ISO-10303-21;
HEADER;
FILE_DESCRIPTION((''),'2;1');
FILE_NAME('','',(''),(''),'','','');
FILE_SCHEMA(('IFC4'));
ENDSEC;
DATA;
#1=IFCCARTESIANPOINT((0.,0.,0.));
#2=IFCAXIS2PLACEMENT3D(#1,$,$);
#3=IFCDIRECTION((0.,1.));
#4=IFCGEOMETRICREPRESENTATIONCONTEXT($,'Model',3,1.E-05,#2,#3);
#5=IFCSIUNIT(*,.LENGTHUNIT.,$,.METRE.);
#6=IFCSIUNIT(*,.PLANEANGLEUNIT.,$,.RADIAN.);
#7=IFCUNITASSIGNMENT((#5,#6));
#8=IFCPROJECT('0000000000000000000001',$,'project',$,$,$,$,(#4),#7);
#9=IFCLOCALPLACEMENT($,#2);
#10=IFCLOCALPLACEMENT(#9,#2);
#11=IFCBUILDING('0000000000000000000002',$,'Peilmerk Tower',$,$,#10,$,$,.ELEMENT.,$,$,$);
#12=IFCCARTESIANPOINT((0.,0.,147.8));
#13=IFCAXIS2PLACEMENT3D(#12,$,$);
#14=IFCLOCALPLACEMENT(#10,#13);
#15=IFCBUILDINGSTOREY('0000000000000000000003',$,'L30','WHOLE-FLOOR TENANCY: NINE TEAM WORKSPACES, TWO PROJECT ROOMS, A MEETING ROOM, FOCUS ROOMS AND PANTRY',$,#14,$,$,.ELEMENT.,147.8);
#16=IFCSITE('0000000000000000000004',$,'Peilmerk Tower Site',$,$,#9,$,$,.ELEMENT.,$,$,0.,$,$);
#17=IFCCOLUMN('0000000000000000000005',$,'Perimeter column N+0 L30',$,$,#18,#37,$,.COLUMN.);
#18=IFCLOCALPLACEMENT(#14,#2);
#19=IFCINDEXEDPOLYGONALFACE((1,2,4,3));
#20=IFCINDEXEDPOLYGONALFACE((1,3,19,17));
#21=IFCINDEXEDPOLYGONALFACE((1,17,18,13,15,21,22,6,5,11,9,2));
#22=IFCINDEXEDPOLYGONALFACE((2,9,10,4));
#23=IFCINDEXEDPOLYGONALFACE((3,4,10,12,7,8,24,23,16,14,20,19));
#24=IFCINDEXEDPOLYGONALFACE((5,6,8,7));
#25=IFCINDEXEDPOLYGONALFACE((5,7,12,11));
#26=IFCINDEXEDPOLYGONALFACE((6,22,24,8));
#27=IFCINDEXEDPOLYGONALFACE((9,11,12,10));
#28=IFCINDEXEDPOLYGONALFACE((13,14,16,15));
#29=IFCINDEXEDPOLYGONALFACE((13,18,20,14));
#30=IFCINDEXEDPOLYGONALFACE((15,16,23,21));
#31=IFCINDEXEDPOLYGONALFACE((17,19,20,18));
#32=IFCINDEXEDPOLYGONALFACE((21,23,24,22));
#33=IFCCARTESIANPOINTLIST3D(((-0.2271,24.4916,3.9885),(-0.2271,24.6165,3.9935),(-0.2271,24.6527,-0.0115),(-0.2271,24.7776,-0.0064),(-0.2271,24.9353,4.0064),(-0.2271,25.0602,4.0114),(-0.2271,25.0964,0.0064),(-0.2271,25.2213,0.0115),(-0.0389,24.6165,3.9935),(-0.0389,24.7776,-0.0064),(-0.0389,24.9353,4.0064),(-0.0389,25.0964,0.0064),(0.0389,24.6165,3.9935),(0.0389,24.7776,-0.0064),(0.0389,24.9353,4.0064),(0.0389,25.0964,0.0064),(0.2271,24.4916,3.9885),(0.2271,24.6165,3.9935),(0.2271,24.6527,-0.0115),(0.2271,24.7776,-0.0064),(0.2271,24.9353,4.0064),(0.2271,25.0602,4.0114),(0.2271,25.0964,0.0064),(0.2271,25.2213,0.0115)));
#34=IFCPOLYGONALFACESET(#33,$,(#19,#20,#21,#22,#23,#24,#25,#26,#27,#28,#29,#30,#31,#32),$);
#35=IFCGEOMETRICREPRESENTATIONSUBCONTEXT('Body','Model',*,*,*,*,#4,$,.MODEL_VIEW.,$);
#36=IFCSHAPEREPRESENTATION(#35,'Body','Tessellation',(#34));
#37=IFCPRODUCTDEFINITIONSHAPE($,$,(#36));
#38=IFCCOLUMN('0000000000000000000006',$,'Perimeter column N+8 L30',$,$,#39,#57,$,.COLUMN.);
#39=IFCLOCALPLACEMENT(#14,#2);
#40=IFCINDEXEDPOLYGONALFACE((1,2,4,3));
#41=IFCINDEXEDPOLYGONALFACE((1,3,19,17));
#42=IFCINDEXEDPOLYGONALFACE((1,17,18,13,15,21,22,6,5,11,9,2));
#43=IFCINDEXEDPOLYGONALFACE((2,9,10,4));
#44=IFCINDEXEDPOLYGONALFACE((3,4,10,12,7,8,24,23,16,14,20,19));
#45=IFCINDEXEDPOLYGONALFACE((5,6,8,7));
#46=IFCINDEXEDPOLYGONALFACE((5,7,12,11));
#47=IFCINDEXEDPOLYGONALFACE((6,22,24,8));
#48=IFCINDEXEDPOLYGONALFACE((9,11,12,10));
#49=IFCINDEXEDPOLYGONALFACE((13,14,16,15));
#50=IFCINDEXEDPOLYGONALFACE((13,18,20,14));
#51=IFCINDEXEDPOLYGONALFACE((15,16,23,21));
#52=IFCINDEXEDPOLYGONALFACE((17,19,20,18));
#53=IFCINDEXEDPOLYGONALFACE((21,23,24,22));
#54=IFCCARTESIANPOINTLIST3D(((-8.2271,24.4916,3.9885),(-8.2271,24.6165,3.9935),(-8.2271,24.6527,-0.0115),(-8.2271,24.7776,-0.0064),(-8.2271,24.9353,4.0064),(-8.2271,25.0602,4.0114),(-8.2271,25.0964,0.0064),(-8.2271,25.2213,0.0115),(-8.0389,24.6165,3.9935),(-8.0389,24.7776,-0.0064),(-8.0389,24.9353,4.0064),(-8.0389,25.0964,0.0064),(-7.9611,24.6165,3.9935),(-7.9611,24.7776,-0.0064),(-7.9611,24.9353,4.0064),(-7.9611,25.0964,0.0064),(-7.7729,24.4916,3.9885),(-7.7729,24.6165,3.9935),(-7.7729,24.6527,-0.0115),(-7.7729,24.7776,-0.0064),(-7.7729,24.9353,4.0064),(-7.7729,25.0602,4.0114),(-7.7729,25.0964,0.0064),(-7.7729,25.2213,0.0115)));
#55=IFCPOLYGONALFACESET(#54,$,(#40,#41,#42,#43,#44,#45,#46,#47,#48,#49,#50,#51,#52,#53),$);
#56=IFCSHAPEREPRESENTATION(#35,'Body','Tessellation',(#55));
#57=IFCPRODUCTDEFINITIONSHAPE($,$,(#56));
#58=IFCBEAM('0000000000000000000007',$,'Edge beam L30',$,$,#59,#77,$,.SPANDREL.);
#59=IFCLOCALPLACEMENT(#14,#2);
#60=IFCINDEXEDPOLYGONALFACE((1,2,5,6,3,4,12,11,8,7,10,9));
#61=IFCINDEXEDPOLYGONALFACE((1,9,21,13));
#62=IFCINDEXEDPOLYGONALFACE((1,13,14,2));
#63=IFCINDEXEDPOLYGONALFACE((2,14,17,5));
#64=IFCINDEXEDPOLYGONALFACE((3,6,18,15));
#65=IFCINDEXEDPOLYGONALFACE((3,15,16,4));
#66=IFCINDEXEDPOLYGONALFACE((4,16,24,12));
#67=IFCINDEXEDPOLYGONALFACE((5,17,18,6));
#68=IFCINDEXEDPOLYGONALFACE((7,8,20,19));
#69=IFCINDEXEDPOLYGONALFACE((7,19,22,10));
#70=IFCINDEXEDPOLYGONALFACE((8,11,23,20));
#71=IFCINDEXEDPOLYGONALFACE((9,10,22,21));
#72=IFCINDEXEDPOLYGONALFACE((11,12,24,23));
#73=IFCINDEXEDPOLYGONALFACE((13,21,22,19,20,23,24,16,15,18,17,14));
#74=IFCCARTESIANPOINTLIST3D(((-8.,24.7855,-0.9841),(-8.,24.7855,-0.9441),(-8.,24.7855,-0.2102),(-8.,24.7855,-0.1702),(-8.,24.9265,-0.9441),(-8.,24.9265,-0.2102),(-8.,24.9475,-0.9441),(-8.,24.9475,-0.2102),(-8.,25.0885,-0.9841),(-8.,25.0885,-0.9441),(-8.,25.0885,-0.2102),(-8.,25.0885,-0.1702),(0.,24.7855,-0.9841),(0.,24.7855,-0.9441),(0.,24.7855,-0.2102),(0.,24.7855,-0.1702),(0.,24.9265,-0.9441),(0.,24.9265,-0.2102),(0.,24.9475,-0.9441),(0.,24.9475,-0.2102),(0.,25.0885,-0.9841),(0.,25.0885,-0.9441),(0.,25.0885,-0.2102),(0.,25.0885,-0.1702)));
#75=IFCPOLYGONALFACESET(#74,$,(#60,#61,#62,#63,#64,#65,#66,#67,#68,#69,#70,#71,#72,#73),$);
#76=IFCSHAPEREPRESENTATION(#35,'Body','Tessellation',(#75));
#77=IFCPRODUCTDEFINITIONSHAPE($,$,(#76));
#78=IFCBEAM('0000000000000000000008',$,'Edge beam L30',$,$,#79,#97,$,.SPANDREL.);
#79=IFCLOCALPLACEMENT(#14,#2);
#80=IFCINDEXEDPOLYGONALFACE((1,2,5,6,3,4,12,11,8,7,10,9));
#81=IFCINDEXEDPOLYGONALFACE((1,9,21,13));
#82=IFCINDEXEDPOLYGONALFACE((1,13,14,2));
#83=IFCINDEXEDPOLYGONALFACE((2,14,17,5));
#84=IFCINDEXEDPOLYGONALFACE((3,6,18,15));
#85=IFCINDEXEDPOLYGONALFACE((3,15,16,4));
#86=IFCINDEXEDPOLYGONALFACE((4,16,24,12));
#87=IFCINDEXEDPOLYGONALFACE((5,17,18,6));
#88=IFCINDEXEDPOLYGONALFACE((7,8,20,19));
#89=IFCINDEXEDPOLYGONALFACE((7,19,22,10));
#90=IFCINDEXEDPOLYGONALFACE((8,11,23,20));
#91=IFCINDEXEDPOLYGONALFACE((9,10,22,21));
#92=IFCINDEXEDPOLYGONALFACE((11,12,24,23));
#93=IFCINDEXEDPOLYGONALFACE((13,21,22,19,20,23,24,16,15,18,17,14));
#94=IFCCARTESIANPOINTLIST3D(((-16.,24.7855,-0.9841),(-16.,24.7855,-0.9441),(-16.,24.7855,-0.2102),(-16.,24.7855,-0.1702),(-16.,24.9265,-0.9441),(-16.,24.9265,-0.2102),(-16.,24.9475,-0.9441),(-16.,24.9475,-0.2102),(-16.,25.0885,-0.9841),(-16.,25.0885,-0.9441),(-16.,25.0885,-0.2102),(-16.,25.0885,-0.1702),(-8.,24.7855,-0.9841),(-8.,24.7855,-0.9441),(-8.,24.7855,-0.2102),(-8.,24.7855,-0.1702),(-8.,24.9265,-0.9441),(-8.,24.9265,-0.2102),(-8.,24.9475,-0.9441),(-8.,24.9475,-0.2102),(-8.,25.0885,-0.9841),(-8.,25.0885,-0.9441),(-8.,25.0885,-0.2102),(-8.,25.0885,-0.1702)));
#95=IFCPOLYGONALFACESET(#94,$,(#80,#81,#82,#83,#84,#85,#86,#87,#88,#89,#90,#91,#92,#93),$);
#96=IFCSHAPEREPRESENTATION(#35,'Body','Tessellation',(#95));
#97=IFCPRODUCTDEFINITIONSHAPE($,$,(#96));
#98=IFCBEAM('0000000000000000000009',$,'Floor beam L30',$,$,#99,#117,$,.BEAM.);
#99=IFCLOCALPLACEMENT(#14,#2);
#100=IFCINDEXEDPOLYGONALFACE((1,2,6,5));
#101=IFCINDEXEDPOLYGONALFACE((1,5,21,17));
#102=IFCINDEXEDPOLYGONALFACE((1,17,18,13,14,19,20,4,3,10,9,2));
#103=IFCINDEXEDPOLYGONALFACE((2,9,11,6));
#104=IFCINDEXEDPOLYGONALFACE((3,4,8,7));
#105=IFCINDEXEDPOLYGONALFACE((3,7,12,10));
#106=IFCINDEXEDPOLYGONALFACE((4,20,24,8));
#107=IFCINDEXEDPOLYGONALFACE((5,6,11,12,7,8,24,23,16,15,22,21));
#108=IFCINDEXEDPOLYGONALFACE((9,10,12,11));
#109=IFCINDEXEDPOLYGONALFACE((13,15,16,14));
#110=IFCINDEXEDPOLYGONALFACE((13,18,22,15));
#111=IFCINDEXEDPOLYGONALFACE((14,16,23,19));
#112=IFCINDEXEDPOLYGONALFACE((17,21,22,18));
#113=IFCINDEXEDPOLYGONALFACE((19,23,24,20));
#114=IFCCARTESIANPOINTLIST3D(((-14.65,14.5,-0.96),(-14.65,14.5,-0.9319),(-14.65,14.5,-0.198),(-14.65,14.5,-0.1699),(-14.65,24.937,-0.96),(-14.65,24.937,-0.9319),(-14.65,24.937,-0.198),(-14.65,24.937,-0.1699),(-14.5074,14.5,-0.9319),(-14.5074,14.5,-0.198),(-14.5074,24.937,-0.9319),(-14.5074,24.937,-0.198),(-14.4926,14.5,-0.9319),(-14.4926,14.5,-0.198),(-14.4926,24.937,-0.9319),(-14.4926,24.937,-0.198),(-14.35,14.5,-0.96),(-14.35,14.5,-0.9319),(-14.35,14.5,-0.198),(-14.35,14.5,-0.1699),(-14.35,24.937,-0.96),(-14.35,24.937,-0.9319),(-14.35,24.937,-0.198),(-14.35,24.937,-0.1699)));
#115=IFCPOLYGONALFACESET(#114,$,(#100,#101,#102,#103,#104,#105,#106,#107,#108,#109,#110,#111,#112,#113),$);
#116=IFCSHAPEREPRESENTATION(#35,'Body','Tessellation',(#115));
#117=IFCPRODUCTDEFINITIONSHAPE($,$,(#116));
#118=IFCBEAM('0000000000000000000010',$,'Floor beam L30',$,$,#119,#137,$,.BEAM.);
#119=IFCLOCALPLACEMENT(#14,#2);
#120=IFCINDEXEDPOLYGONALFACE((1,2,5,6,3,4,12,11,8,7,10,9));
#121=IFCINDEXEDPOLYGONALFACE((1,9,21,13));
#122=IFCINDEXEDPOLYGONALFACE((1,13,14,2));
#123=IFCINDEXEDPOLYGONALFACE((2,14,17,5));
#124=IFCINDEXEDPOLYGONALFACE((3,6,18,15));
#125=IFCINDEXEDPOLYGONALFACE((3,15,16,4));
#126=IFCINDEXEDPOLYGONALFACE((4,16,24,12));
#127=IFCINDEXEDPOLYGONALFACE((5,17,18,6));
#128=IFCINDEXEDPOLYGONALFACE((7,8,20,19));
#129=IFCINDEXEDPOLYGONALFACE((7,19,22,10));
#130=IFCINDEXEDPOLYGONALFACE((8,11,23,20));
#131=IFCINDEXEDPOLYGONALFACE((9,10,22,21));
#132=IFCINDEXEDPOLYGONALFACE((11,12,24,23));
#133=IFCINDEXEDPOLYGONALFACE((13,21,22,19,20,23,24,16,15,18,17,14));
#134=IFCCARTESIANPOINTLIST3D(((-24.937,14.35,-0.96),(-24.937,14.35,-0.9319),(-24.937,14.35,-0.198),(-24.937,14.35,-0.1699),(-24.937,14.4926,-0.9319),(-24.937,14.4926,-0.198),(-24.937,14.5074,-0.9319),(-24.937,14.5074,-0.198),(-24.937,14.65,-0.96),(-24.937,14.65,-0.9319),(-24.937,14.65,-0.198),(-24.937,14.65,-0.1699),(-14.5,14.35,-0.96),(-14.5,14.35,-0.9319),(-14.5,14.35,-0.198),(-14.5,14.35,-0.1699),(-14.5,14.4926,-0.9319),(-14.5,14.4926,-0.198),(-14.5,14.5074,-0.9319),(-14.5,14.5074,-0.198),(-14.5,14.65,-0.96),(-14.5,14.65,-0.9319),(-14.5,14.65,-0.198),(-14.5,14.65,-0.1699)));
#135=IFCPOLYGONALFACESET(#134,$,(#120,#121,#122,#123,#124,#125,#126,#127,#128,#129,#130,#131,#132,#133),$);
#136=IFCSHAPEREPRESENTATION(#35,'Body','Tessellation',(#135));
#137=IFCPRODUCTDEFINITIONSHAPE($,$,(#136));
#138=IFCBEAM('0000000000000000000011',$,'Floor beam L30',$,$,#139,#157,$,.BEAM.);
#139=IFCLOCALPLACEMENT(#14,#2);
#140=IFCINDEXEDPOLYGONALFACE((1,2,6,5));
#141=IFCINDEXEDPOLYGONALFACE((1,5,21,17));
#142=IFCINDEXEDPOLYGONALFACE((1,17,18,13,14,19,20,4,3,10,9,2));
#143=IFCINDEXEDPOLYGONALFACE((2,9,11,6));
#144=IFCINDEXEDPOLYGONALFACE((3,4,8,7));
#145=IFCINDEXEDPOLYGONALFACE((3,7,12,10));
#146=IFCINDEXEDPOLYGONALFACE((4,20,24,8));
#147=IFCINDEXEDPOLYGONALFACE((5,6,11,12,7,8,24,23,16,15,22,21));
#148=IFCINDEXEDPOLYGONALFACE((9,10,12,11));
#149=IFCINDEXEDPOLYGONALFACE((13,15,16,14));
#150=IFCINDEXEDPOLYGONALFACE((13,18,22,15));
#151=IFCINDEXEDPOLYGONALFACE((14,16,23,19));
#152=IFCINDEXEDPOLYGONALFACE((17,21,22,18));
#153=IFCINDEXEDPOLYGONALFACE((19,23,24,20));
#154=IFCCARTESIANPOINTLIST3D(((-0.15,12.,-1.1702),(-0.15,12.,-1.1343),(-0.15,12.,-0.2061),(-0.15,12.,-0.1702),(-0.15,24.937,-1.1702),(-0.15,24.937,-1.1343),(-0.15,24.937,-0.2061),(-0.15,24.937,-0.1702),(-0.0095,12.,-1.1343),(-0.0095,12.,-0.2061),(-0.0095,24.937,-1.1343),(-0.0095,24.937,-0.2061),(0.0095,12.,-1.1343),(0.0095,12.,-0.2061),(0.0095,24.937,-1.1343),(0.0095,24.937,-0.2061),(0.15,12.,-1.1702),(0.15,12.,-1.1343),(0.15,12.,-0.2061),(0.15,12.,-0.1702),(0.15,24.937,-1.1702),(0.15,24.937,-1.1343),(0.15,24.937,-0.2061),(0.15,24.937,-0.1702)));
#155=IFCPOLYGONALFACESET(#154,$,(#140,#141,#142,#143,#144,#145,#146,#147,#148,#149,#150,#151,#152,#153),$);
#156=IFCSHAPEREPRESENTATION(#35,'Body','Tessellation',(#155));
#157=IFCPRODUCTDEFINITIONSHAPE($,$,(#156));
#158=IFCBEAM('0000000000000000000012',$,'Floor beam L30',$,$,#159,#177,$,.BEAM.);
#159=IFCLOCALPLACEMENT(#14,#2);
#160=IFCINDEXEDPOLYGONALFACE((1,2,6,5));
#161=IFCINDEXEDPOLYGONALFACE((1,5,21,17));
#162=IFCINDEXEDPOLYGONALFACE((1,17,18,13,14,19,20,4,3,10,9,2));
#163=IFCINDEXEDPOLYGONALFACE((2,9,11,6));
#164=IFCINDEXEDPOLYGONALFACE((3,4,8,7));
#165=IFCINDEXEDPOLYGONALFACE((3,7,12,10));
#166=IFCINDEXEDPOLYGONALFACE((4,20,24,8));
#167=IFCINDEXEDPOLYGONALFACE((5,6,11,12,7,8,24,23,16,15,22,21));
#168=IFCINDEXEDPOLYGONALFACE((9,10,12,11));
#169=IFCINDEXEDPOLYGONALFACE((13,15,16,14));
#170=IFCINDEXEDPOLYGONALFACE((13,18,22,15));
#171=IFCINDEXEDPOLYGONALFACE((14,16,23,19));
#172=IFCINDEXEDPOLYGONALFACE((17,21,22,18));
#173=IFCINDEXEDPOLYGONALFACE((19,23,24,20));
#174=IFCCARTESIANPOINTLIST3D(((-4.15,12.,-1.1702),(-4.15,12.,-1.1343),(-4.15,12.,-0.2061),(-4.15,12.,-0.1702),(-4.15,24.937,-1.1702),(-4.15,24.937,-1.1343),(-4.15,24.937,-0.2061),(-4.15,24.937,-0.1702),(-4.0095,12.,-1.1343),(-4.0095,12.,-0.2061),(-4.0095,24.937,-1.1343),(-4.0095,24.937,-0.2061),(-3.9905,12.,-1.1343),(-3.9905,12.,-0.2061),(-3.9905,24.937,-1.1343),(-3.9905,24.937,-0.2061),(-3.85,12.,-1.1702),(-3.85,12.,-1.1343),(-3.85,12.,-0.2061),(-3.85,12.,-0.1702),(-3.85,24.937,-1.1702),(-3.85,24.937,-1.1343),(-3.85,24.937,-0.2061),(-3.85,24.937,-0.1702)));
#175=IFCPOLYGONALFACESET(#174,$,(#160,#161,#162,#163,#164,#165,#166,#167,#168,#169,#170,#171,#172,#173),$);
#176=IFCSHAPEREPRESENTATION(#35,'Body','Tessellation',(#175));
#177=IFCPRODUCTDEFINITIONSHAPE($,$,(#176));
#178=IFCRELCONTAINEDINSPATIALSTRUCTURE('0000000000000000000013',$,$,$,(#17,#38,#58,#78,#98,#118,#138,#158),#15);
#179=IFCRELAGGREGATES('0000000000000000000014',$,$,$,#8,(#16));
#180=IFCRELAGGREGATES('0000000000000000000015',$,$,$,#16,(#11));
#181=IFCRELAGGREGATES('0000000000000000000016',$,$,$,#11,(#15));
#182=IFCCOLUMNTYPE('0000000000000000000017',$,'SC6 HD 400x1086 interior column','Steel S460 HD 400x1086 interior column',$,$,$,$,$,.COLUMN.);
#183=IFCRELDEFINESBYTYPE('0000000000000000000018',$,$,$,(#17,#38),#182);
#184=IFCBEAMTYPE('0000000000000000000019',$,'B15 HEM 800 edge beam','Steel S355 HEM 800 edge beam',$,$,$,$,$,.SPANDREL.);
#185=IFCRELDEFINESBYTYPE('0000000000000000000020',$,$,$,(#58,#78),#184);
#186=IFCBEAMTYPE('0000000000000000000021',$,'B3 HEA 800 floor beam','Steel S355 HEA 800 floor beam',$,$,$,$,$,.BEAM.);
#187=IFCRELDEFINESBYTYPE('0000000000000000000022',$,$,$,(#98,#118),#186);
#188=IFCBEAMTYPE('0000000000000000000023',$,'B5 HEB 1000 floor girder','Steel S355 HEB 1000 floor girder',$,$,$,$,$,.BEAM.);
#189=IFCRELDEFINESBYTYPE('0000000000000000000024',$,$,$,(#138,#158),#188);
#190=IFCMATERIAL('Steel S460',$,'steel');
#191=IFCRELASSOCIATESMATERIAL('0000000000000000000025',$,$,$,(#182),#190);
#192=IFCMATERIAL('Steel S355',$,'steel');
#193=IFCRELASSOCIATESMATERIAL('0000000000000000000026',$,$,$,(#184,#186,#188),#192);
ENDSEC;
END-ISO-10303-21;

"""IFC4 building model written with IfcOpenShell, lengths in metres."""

from ifc_helpers import new_model, si_unit, direction, frame, origin, origin_2d, place, context, subcontext, project, spatial, i_section, extrude, material, material_profile, profile_set, type_object, element, save


model = new_model("IFC4")

# Units and contexts
model_context = context("Model", 3, precision=1e-05, world=origin(), true_north=direction((0.0, 1.0)))
body_context = subcontext(model_context, "Body", "Model", "MODEL_VIEW")
ifc_project = project(units=[si_unit("LENGTHUNIT", "METRE"), si_unit("PLANEANGLEUNIT", "RADIAN")], contexts=[model_context])

# Site, building, storey
site_placement = place(None, origin())
site = spatial("IfcSite", under=ifc_project, at=site_placement, Name="Peilmerk Tower Site", CompositionType="ELEMENT", RefElevation=0.0)
building_placement = place(site_placement, origin())
building = spatial("IfcBuilding", under=site, at=building_placement, Name="Peilmerk Tower", CompositionType="ELEMENT")
storey_placement = place(building_placement, frame((0.0, 0.0, 147.8)))
storey = spatial("IfcBuildingStorey", under=building, at=storey_placement, Name="L30", Description="WHOLE-FLOOR TENANCY: NINE TEAM WORKSPACES, TWO PROJECT ROOMS, A MEETING ROOM, FOCUS ROOMS AND PANTRY", CompositionType="ELEMENT", Elevation=147.8)

# Columns
ifc_material_1 = material(Name="Steel S460", Category="steel")
ifc_material_profile_1 = material_profile(ifc_material_1, i_section(OverallWidth=0.4541, OverallDepth=0.5691, WebThickness=0.0779, FlangeThickness=0.125, at=origin_2d()), Name="HD 400x1086")
ifc_profile_set_1 = profile_set([ifc_material_profile_1], Name="Steel S460")
column_type = type_object("IfcColumnType", Name="SC6 HD 400x1086 interior column", Description="Steel S460 HD 400x1086 interior column", PredefinedType="COLUMN", material=ifc_profile_set_1)
for number, where, z_axis, x_axis, name in (
    (1, (0.0, 24.937, 0.0), (0.0, -0.040251, 0.99919), (1.0, 0.0, 0.0), "Perimeter column N+0 L30"),
    (2, (-8.0, 24.937, 0.0), (0.0, -0.040251, 0.99919), (1.0, 0.0, 0.0), "Perimeter column N+8 L30"),
):
    element("IfcColumn", number, at=place(storey_placement, frame(where, z_axis=z_axis, x_axis=x_axis)), inside=storey, type_object=column_type, Name=name, PredefinedType="COLUMN", context=body_context, shape_type="SweptSolid", body=[
        extrude(i_section(OverallWidth=0.4541, OverallDepth=0.5691, WebThickness=0.0779, FlangeThickness=0.125, at=origin_2d()), origin(), (0.0, 0.0, 1.0), 4.0032),
    ])

# Beams
ifc_material_2 = material(Name="Steel S355", Category="steel")
ifc_material_profile_2 = material_profile(ifc_material_2, i_section(OverallWidth=0.303, OverallDepth=0.814, WebThickness=0.021, FlangeThickness=0.04, at=origin_2d()), Name="HEM 800")
ifc_profile_set_2 = profile_set([ifc_material_profile_2], Name="Steel S355")
beam_type_1 = type_object("IfcBeamType", Name="B15 HEM 800 edge beam", Description="Steel S355 HEM 800 edge beam", PredefinedType="SPANDREL", material=ifc_profile_set_2)
for number, where, z_axis, x_axis, name in (
    (3, (0.0, 24.937, -0.5771), (-1.0, 0.0, 0.0), (0.0, -1.0, 0.0), "Edge beam L30"),
    (4, (-8.0, 24.937, -0.5771), (-1.0, 0.0, 0.0), (0.0, -1.0, 0.0), "Edge beam L30"),
):
    element("IfcBeam", number, at=place(storey_placement, frame(where, z_axis=z_axis, x_axis=x_axis)), inside=storey, type_object=beam_type_1, Name=name, PredefinedType="SPANDREL", context=body_context, shape_type="SweptSolid", body=[
        extrude(i_section(OverallWidth=0.303, OverallDepth=0.814, WebThickness=0.021, FlangeThickness=0.04, at=origin_2d()), origin(), (0.0, 0.0, 1.0), 8.0),
    ])
ifc_material_profile_3 = material_profile(ifc_material_2, i_section(OverallWidth=0.3, OverallDepth=0.79, WebThickness=0.0149, FlangeThickness=0.0281, at=origin_2d()), Name="HEA 800")
ifc_profile_set_3 = profile_set([ifc_material_profile_3], Name="Steel S355")
beam_type_2 = type_object("IfcBeamType", Name="B3 HEA 800 floor beam", Description="Steel S355 HEA 800 floor beam", PredefinedType="BEAM", material=ifc_profile_set_3)
for number, where, z_axis, x_axis, name in (
    (5, (-14.5, 14.5, -0.5649), (0.0, 1.0, 0.0), (-1.0, 0.0, 0.0), "Floor beam L30"),
    (6, (-14.5, 14.5, -0.5649), (-1.0, 0.0, 0.0), (0.0, -1.0, 0.0), "Floor beam L30"),
):
    element("IfcBeam", number, at=place(storey_placement, frame(where, z_axis=z_axis, x_axis=x_axis)), inside=storey, type_object=beam_type_2, Name=name, PredefinedType="BEAM", context=body_context, shape_type="SweptSolid", body=[
        extrude(i_section(OverallWidth=0.3, OverallDepth=0.79, WebThickness=0.0149, FlangeThickness=0.0281, at=origin_2d()), origin(), (0.0, 0.0, 1.0), 10.437),
    ])
ifc_material_profile_4 = material_profile(ifc_material_2, i_section(OverallWidth=0.3, OverallDepth=1.0, WebThickness=0.019, FlangeThickness=0.0359, at=origin_2d()), Name="HEB 1000")
ifc_profile_set_4 = profile_set([ifc_material_profile_4], Name="Steel S355")
beam_type_3 = type_object("IfcBeamType", Name="B5 HEB 1000 floor girder", Description="Steel S355 HEB 1000 floor girder", PredefinedType="BEAM", material=ifc_profile_set_4)
for number, where, z_axis, x_axis, name in (
    (7, (0.0, 12.0, -0.6702), (0.0, 1.0, 0.0), (-1.0, 0.0, 0.0), "Floor beam L30"),
    (8, (-4.0, 12.0, -0.6702), (0.0, 1.0, 0.0), (-1.0, 0.0, 0.0), "Floor beam L30"),
):
    element("IfcBeam", number, at=place(storey_placement, frame(where, z_axis=z_axis, x_axis=x_axis)), inside=storey, type_object=beam_type_3, Name=name, PredefinedType="BEAM", context=body_context, shape_type="SweptSolid", body=[
        extrude(i_section(OverallWidth=0.3, OverallDepth=1.0, WebThickness=0.019, FlangeThickness=0.0359, at=origin_2d()), origin(), (0.0, 0.0, 1.0), 12.937),
    ])

save(model, "model.ifc")
